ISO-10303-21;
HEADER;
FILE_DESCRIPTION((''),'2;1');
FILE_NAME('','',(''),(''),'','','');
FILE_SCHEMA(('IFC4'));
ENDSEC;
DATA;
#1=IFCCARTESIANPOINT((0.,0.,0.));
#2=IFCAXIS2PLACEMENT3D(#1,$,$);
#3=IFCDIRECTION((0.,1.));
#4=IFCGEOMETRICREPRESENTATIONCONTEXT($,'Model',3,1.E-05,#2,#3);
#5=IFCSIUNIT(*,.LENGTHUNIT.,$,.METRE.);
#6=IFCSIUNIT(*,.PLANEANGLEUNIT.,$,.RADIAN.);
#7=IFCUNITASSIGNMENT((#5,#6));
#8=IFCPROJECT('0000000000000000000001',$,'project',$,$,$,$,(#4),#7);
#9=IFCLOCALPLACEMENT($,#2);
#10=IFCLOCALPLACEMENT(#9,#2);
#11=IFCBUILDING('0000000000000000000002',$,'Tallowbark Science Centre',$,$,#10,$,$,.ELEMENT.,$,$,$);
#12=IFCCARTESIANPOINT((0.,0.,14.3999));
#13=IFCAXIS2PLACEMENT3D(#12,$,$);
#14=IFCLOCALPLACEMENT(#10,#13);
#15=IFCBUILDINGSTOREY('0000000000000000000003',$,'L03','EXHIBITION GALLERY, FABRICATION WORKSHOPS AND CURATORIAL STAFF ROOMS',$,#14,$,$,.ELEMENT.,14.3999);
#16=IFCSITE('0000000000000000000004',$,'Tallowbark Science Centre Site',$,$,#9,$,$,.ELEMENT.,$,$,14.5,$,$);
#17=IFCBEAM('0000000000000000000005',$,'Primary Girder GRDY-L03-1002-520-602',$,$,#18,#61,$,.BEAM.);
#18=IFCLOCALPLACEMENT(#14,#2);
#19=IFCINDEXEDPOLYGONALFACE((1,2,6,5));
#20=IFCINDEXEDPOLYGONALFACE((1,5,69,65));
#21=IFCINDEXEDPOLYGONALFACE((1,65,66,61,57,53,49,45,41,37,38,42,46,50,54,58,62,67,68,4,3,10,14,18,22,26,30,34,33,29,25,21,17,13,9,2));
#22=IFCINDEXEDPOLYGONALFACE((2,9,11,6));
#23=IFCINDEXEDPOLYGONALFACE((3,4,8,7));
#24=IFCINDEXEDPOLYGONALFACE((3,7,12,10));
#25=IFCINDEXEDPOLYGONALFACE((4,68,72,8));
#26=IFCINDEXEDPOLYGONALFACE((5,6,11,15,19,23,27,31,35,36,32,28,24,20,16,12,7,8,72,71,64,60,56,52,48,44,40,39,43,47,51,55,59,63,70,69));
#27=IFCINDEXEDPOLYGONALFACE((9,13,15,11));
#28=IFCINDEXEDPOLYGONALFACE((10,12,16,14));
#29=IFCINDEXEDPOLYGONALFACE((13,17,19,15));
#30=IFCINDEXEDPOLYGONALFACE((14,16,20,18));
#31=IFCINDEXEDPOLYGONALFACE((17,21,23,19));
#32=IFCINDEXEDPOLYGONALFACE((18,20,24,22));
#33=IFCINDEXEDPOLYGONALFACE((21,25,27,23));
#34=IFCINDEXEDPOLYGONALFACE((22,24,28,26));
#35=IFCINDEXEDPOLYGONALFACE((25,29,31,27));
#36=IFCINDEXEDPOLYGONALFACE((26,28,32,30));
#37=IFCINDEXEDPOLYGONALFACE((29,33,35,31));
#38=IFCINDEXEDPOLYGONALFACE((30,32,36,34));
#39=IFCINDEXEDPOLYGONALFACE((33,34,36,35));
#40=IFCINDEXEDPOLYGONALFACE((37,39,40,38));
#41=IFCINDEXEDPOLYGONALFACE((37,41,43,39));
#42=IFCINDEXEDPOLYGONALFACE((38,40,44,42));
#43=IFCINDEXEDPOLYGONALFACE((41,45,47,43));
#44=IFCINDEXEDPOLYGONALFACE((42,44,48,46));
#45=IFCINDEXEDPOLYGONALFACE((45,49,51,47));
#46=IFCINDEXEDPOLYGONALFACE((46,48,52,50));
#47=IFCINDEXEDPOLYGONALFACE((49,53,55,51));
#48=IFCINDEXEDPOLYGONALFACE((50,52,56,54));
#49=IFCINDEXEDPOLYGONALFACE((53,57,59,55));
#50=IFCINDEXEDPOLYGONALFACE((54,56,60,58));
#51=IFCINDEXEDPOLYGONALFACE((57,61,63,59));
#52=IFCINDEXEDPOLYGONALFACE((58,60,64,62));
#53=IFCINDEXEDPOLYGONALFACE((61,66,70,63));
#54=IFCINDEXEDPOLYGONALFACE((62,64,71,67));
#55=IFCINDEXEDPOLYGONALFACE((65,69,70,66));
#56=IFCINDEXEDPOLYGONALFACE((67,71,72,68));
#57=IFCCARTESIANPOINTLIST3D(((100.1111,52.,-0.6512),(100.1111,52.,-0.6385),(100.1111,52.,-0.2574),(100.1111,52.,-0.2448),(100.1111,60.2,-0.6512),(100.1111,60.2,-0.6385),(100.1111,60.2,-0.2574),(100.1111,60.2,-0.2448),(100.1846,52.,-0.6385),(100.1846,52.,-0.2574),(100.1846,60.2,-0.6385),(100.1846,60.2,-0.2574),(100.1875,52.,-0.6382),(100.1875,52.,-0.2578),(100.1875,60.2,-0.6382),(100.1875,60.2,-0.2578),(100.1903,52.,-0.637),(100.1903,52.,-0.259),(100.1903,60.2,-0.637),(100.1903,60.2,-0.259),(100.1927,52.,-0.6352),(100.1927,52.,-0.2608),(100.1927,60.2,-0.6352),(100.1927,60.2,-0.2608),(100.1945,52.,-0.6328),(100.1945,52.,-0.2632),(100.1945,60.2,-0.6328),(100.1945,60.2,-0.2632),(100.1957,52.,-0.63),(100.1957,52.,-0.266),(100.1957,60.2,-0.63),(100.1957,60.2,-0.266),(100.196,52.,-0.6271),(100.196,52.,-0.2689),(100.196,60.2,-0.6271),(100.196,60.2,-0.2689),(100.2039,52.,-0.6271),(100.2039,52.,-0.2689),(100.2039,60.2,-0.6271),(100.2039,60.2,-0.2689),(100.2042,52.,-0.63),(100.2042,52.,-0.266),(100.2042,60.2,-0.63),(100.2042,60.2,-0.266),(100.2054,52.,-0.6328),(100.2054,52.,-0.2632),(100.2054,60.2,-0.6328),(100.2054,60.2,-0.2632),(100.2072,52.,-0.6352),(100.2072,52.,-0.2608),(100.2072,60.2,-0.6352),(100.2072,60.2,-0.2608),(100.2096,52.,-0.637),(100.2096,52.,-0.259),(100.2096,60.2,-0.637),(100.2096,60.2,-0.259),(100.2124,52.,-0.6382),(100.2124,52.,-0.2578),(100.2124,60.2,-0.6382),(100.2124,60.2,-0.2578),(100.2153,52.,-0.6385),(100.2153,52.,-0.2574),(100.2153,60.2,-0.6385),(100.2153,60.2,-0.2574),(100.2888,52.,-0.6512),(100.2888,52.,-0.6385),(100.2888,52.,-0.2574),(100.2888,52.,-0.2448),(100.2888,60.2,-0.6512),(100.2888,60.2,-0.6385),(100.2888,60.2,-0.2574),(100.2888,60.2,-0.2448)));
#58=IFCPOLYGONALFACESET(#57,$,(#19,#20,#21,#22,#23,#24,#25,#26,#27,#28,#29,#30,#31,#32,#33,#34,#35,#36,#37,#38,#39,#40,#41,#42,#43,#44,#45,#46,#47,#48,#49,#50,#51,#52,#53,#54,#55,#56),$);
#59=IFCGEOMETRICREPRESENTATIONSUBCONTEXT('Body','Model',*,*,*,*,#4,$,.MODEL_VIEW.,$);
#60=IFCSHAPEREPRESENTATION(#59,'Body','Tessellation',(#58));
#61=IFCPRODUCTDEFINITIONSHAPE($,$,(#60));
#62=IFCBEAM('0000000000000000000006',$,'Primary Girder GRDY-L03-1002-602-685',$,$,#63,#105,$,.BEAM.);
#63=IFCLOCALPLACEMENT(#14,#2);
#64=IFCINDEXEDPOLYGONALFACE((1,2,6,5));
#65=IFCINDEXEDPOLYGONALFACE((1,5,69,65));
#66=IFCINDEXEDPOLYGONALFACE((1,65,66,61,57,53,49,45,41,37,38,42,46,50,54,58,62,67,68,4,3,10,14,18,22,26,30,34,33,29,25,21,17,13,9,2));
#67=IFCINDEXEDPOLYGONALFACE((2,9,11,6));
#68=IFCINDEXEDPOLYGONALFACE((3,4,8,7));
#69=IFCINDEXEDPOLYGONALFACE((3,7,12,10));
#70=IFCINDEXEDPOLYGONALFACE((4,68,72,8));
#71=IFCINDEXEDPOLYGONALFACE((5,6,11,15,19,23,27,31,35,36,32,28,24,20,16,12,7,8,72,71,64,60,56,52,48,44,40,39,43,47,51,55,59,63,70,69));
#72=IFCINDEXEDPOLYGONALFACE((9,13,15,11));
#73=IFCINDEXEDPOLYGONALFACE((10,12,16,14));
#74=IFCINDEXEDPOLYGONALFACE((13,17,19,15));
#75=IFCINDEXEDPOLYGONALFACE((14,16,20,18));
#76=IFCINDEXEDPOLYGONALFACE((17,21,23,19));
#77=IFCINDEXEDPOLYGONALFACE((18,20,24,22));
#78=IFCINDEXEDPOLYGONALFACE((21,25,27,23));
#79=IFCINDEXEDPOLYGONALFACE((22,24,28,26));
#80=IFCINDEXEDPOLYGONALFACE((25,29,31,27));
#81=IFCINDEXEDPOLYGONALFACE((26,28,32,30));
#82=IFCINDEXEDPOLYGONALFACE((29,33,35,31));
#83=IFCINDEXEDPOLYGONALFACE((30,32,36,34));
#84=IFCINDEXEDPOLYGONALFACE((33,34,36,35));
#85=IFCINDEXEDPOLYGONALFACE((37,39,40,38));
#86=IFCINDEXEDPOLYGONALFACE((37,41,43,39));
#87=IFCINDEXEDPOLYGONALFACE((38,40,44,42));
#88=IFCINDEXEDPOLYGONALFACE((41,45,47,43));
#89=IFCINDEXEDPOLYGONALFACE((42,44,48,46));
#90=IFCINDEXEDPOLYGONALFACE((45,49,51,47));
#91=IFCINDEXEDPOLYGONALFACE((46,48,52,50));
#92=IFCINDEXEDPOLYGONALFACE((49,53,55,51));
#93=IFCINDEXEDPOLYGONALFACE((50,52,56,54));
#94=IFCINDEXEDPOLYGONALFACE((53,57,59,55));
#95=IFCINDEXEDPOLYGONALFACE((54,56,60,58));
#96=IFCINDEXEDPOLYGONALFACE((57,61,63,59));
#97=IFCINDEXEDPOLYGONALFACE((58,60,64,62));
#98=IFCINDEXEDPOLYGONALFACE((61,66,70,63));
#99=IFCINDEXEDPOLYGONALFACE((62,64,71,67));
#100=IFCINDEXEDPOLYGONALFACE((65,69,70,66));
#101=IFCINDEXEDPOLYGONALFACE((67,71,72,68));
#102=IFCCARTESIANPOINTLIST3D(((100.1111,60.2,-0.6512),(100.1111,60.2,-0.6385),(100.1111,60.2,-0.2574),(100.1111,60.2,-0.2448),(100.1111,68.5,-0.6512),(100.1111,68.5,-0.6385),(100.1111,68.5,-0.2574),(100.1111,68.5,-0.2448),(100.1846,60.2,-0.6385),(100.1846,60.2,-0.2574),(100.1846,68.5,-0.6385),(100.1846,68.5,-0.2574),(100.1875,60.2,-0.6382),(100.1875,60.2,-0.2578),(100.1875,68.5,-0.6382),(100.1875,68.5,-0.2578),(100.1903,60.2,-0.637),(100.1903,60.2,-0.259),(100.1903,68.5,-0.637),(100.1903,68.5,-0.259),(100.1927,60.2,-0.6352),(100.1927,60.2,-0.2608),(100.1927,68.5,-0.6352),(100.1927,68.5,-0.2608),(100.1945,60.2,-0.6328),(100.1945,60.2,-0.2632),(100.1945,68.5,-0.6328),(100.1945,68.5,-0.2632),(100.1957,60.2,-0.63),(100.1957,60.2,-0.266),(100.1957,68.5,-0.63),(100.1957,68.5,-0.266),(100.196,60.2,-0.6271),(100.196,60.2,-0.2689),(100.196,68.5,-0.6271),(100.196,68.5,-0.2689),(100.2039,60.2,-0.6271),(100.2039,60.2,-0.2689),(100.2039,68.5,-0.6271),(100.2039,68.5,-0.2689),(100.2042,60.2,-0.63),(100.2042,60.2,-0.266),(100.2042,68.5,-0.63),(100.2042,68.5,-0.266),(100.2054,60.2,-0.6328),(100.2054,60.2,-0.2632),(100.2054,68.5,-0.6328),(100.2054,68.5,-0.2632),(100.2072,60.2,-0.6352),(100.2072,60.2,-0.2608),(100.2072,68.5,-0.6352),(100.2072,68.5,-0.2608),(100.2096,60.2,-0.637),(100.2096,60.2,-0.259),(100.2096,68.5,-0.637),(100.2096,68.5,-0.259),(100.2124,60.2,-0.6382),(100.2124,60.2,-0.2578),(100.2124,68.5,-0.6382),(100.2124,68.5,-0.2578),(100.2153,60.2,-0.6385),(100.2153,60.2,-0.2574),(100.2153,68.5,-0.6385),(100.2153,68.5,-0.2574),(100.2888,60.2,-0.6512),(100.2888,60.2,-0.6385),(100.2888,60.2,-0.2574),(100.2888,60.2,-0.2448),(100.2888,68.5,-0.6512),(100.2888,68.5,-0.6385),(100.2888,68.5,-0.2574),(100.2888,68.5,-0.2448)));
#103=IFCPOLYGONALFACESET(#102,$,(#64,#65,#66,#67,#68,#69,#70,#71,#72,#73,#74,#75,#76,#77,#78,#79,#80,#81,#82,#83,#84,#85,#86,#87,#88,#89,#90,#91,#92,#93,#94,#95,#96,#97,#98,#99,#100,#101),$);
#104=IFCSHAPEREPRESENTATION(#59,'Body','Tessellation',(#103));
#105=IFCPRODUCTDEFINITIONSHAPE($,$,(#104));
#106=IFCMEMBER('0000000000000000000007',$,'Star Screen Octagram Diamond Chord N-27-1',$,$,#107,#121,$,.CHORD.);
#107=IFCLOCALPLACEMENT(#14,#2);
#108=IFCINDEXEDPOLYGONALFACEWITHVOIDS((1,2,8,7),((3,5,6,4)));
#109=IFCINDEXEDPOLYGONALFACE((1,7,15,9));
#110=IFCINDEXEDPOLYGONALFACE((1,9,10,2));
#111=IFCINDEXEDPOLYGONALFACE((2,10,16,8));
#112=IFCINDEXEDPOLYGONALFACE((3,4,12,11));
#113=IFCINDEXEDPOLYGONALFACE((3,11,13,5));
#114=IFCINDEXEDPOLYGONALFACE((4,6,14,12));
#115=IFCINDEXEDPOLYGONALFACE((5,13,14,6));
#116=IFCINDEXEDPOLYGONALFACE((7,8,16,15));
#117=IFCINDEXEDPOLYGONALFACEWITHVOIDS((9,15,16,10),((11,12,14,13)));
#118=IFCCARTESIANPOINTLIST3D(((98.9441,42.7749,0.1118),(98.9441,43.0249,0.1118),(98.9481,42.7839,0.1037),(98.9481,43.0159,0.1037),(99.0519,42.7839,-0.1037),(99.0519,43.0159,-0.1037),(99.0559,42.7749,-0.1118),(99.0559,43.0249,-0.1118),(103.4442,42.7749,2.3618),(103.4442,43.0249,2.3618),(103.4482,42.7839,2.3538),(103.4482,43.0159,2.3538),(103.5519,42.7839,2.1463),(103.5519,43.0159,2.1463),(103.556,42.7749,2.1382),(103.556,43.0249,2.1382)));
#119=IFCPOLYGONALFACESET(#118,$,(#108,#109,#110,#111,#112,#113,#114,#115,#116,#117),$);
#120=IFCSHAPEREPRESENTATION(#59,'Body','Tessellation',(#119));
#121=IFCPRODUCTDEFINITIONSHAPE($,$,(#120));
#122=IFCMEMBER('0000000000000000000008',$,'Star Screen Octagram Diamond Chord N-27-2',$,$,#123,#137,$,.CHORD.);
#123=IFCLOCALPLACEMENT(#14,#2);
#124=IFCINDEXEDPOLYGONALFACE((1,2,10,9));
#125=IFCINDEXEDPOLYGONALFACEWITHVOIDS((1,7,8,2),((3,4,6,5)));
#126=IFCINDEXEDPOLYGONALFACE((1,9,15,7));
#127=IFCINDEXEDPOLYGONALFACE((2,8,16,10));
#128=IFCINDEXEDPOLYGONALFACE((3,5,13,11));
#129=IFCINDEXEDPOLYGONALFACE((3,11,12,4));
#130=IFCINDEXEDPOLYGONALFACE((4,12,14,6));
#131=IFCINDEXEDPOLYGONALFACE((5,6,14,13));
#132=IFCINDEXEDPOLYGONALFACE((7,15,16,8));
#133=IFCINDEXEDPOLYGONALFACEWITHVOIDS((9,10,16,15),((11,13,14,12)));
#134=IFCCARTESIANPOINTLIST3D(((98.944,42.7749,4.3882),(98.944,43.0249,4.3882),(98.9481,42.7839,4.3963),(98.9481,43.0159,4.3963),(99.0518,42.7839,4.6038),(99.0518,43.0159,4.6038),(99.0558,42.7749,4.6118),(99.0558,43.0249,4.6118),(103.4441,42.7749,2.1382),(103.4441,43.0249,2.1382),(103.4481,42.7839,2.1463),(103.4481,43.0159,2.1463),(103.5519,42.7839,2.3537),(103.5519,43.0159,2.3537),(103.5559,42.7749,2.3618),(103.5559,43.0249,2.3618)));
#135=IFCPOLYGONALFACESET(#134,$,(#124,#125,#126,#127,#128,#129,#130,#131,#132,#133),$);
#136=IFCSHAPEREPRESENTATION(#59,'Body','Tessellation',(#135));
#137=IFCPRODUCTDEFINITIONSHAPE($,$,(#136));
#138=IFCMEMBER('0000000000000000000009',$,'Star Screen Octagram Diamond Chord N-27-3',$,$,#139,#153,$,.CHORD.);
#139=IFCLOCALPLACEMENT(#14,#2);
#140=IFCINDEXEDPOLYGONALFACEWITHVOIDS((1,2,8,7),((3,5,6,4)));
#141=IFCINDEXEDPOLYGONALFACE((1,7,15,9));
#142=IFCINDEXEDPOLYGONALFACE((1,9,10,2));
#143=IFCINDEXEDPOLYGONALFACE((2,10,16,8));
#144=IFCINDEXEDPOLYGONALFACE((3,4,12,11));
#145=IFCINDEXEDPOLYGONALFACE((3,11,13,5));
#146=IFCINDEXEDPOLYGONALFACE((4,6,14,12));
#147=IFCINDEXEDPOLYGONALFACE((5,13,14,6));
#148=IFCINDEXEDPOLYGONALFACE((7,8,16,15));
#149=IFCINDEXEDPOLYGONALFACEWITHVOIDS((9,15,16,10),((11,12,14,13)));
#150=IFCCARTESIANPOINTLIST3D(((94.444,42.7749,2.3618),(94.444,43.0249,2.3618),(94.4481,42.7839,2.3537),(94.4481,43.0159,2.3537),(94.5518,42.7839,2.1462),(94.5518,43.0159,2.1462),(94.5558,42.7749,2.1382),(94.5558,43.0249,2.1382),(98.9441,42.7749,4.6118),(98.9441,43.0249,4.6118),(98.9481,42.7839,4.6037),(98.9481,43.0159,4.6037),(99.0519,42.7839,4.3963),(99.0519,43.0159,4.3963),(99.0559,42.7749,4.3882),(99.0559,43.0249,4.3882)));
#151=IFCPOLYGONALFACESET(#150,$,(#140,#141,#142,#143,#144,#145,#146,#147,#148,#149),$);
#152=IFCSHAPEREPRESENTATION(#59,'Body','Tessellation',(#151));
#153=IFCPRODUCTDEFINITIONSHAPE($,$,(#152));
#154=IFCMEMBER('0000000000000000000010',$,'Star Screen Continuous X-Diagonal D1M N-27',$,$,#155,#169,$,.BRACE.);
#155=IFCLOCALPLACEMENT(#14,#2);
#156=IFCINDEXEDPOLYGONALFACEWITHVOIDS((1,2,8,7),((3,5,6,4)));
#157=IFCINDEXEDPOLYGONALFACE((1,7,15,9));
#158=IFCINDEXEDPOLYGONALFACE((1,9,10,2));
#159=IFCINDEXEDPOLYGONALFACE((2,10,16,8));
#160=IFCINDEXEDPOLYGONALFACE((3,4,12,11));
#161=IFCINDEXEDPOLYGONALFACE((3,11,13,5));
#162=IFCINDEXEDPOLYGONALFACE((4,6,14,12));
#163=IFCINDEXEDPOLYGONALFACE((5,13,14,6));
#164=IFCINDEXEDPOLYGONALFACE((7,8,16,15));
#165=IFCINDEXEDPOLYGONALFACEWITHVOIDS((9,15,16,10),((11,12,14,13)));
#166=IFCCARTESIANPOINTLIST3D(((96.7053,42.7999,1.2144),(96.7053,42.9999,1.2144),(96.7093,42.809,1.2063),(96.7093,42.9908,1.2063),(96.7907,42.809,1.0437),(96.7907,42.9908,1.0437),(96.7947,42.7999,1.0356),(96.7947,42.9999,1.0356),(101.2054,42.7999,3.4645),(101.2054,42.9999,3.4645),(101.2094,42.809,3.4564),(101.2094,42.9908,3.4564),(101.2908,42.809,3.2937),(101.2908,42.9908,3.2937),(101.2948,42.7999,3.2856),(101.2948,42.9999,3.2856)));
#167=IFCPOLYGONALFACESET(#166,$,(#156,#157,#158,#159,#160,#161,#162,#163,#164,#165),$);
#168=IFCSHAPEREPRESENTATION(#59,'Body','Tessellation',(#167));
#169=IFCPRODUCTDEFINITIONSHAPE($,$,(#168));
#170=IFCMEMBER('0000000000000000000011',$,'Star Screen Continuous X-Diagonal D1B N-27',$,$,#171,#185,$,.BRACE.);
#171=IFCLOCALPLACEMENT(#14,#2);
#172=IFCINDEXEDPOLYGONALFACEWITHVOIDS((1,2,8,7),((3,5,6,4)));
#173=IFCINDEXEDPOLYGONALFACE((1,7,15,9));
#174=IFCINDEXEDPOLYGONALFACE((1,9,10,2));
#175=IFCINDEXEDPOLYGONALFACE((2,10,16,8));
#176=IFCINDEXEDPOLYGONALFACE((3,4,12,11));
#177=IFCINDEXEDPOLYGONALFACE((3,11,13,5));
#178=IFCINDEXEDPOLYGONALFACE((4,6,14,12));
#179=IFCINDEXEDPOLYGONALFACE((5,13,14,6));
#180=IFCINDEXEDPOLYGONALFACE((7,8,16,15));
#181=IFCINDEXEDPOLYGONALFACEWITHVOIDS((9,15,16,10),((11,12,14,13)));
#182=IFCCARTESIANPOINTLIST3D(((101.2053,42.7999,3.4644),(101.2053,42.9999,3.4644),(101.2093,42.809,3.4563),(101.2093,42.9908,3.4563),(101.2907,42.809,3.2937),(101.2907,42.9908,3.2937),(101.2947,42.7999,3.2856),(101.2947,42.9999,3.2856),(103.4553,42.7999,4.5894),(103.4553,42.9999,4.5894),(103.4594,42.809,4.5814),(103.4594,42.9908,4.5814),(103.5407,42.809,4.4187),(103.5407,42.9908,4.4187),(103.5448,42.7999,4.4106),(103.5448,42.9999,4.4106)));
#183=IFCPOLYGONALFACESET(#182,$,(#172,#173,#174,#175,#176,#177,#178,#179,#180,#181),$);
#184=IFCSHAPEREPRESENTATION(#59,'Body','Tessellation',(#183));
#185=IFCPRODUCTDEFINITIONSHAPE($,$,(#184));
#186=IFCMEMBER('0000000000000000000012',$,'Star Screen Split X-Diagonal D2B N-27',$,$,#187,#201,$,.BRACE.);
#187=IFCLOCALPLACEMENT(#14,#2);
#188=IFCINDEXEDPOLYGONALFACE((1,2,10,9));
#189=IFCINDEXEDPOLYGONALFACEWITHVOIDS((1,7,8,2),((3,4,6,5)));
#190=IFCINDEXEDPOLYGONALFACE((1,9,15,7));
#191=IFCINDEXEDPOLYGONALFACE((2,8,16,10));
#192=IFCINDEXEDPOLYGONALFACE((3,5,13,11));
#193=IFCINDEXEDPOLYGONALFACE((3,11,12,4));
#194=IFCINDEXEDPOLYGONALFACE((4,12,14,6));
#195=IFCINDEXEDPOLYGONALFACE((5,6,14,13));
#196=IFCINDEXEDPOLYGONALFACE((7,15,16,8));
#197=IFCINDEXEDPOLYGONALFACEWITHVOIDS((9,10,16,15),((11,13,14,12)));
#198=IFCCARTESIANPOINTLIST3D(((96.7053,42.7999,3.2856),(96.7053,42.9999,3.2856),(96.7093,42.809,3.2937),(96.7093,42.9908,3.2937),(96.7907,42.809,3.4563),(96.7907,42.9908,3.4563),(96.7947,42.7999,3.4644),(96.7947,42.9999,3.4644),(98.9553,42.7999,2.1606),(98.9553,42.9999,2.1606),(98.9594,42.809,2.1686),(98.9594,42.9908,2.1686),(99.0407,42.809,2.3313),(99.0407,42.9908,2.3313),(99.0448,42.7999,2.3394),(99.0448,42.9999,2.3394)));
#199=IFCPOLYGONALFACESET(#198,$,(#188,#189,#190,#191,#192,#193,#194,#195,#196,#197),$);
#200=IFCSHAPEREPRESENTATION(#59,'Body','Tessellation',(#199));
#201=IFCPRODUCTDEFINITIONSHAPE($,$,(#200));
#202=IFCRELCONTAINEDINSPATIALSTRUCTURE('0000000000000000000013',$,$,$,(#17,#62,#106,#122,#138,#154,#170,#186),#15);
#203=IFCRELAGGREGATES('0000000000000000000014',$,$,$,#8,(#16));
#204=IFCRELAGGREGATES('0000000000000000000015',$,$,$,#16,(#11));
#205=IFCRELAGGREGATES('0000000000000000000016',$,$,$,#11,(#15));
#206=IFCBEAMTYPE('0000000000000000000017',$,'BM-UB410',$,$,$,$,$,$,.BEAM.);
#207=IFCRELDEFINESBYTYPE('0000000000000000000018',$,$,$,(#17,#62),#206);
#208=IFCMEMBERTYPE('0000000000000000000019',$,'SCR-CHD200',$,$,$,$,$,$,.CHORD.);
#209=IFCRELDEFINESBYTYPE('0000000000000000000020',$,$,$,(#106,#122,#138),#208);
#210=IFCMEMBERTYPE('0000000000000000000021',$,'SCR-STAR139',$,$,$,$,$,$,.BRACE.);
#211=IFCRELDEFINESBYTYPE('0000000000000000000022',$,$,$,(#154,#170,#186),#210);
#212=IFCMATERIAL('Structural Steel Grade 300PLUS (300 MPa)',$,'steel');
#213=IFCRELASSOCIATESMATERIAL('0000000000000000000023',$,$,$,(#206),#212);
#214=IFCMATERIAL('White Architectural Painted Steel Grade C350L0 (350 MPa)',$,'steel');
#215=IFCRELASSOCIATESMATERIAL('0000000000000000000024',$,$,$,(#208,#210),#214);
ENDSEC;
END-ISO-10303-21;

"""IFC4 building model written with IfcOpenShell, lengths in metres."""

from ifc_helpers import new_model, si_unit, direction, frame, origin, origin_2d, place, context, subcontext, project, spatial, hollow_rectangle, i_section, extrude, material, material_profile, profile_set, type_object, element, save


model = new_model("IFC4")

# Units and contexts
model_context = context("Model", 3, precision=1e-05, world=origin(), true_north=direction((0.0, 1.0)))
body_context = subcontext(model_context, "Body", "Model", "MODEL_VIEW")
ifc_project = project(units=[si_unit("LENGTHUNIT", "METRE"), si_unit("PLANEANGLEUNIT", "RADIAN")], contexts=[model_context])

# Site, building, storey
site_placement = place(None, origin())
site = spatial("IfcSite", under=ifc_project, at=site_placement, Name="Tallowbark Science Centre Site", CompositionType="ELEMENT", RefElevation=14.5)
building_placement = place(site_placement, origin())
building = spatial("IfcBuilding", under=site, at=building_placement, Name="Tallowbark Science Centre", CompositionType="ELEMENT")
storey_placement = place(building_placement, frame((0.0, 0.0, 14.3999)))
storey = spatial("IfcBuildingStorey", under=building, at=storey_placement, Name="L03", Description="EXHIBITION GALLERY, FABRICATION WORKSHOPS AND CURATORIAL STAFF ROOMS", CompositionType="ELEMENT", Elevation=14.3999)

# Shared definitions
ifc_material_1 = material(Name="White Architectural Painted Steel Grade C350L0 (350 MPa)", Category="steel")

# Beams
ifc_material_2 = material(Name="Structural Steel Grade 300PLUS (300 MPa)", Category="steel")
ifc_material_profile_1 = material_profile(ifc_material_2, i_section(OverallWidth=0.1777, OverallDepth=0.4065, WebThickness=0.0078, FlangeThickness=0.0127, FilletRadius=0.0115, at=origin_2d()), Name="410UB59.7")
ifc_profile_set_1 = profile_set([ifc_material_profile_1], Name="Structural Steel Grade 300PLUS (300 MPa)")
beam_type = type_object("IfcBeamType", Name="BM-UB410", PredefinedType="BEAM", material=ifc_profile_set_1)
for number, where, z_axis, x_axis, name in (
    (1, (100.2, 52.0, -0.448), (0.0, 1.0, 0.0), (-1.0, 0.0, 0.0), "Primary Girder GRDY-L03-1002-520-602"),
):
    element("IfcBeam", number, at=place(storey_placement, frame(where, z_axis=z_axis, x_axis=x_axis)), inside=storey, type_object=beam_type, Name=name, PredefinedType="BEAM", context=body_context, shape_type="SweptSolid", body=[
        extrude(i_section(OverallWidth=0.1777, OverallDepth=0.4065, WebThickness=0.0078, FlangeThickness=0.0127, FilletRadius=0.0115, at=origin_2d()), origin(), (0.0, 0.0, 1.0), 8.2),
    ])
beam_1_placement = place(storey_placement, frame((100.2, 60.2, -0.448), z_axis=(0.0, 1.0, 0.0), x_axis=(-1.0, 0.0, 0.0)))
element("IfcBeam", 2, at=beam_1_placement, inside=storey, type_object=beam_type, Name="Primary Girder GRDY-L03-1002-602-685", PredefinedType="BEAM", context=body_context, shape_type="SweptSolid", body=[
    extrude(i_section(OverallWidth=0.1777, OverallDepth=0.4065, WebThickness=0.0078, FlangeThickness=0.0127, FilletRadius=0.0115, at=origin_2d()), origin(), (0.0, 0.0, 1.0), 8.3),
])

# Members
ifc_material_profile_2 = material_profile(ifc_material_1, hollow_rectangle(XDim=0.25, YDim=0.25, WallThickness=0.009, at=origin_2d()), Name="250x250x9.0SHS")
ifc_profile_set_2 = profile_set([ifc_material_profile_2], Name="White Architectural Painted Steel Grade C350L0 (350 MPa)")
member_type_1 = type_object("IfcMemberType", Name="SCR-CHD200", PredefinedType="CHORD", material=ifc_profile_set_2)
for number, where, z_axis, x_axis, name in (
    (3, (99.0, 42.8999, 0.0), (0.894427, 0.0, 0.447214), (0.0, 1.0, 0.0), "Star Screen Octagram Diamond Chord N-27-1"),
    (4, (103.5, 42.8999, 2.25), (-0.894427, 0.0, 0.447214), (0.0, -1.0, 0.0), "Star Screen Octagram Diamond Chord N-27-2"),
    (5, (99.0, 42.8999, 4.5), (-0.894427, 0.0, -0.447214), (0.0, -1.0, 0.0), "Star Screen Octagram Diamond Chord N-27-3"),
):
    element("IfcMember", number, at=place(storey_placement, frame(where, z_axis=z_axis, x_axis=x_axis)), inside=storey, type_object=member_type_1, Name=name, PredefinedType="CHORD", context=body_context, shape_type="SweptSolid", body=[
        extrude(hollow_rectangle(XDim=0.25, YDim=0.25, WallThickness=0.009, at=origin_2d()), origin(), (0.0, 0.0, 1.0), 5.0312),
    ])
ifc_material_profile_3 = material_profile(ifc_material_1, hollow_rectangle(XDim=0.2, YDim=0.2, WallThickness=0.009, at=origin_2d()), Name="200x200x9.0SHS")
ifc_profile_set_3 = profile_set([ifc_material_profile_3], Name="White Architectural Painted Steel Grade C350L0 (350 MPa)")
member_type_2 = type_object("IfcMemberType", Name="SCR-STAR139", PredefinedType="BRACE", material=ifc_profile_set_3)
member_1_placement = place(storey_placement, frame((96.75, 42.8999, 1.125), z_axis=(0.894427, 0.0, 0.447214), x_axis=(0.0, 1.0, 0.0)))
element("IfcMember", 6, at=member_1_placement, inside=storey, type_object=member_type_2, Name="Star Screen Continuous X-Diagonal D1M N-27", PredefinedType="BRACE", context=body_context, shape_type="SweptSolid", body=[
    extrude(hollow_rectangle(XDim=0.2, YDim=0.2, WallThickness=0.009, at=origin_2d()), origin(), (0.0, 0.0, 1.0), 5.0312),
])
for number, where, z_axis, x_axis, name in (
    (7, (101.25, 42.8999, 3.375), (0.894427, 0.0, 0.447214), (0.0, 1.0, 0.0), "Star Screen Continuous X-Diagonal D1B N-27"),
    (8, (96.75, 42.8999, 3.375), (0.894427, 0.0, -0.447214), (0.0, 1.0, 0.0), "Star Screen Split X-Diagonal D2B N-27"),
):
    element("IfcMember", number, at=place(storey_placement, frame(where, z_axis=z_axis, x_axis=x_axis)), inside=storey, type_object=member_type_2, Name=name, PredefinedType="BRACE", context=body_context, shape_type="SweptSolid", body=[
        extrude(hollow_rectangle(XDim=0.2, YDim=0.2, WallThickness=0.009, at=origin_2d()), origin(), (0.0, 0.0, 1.0), 2.5156),
    ])

save(model, "model.ifc")
